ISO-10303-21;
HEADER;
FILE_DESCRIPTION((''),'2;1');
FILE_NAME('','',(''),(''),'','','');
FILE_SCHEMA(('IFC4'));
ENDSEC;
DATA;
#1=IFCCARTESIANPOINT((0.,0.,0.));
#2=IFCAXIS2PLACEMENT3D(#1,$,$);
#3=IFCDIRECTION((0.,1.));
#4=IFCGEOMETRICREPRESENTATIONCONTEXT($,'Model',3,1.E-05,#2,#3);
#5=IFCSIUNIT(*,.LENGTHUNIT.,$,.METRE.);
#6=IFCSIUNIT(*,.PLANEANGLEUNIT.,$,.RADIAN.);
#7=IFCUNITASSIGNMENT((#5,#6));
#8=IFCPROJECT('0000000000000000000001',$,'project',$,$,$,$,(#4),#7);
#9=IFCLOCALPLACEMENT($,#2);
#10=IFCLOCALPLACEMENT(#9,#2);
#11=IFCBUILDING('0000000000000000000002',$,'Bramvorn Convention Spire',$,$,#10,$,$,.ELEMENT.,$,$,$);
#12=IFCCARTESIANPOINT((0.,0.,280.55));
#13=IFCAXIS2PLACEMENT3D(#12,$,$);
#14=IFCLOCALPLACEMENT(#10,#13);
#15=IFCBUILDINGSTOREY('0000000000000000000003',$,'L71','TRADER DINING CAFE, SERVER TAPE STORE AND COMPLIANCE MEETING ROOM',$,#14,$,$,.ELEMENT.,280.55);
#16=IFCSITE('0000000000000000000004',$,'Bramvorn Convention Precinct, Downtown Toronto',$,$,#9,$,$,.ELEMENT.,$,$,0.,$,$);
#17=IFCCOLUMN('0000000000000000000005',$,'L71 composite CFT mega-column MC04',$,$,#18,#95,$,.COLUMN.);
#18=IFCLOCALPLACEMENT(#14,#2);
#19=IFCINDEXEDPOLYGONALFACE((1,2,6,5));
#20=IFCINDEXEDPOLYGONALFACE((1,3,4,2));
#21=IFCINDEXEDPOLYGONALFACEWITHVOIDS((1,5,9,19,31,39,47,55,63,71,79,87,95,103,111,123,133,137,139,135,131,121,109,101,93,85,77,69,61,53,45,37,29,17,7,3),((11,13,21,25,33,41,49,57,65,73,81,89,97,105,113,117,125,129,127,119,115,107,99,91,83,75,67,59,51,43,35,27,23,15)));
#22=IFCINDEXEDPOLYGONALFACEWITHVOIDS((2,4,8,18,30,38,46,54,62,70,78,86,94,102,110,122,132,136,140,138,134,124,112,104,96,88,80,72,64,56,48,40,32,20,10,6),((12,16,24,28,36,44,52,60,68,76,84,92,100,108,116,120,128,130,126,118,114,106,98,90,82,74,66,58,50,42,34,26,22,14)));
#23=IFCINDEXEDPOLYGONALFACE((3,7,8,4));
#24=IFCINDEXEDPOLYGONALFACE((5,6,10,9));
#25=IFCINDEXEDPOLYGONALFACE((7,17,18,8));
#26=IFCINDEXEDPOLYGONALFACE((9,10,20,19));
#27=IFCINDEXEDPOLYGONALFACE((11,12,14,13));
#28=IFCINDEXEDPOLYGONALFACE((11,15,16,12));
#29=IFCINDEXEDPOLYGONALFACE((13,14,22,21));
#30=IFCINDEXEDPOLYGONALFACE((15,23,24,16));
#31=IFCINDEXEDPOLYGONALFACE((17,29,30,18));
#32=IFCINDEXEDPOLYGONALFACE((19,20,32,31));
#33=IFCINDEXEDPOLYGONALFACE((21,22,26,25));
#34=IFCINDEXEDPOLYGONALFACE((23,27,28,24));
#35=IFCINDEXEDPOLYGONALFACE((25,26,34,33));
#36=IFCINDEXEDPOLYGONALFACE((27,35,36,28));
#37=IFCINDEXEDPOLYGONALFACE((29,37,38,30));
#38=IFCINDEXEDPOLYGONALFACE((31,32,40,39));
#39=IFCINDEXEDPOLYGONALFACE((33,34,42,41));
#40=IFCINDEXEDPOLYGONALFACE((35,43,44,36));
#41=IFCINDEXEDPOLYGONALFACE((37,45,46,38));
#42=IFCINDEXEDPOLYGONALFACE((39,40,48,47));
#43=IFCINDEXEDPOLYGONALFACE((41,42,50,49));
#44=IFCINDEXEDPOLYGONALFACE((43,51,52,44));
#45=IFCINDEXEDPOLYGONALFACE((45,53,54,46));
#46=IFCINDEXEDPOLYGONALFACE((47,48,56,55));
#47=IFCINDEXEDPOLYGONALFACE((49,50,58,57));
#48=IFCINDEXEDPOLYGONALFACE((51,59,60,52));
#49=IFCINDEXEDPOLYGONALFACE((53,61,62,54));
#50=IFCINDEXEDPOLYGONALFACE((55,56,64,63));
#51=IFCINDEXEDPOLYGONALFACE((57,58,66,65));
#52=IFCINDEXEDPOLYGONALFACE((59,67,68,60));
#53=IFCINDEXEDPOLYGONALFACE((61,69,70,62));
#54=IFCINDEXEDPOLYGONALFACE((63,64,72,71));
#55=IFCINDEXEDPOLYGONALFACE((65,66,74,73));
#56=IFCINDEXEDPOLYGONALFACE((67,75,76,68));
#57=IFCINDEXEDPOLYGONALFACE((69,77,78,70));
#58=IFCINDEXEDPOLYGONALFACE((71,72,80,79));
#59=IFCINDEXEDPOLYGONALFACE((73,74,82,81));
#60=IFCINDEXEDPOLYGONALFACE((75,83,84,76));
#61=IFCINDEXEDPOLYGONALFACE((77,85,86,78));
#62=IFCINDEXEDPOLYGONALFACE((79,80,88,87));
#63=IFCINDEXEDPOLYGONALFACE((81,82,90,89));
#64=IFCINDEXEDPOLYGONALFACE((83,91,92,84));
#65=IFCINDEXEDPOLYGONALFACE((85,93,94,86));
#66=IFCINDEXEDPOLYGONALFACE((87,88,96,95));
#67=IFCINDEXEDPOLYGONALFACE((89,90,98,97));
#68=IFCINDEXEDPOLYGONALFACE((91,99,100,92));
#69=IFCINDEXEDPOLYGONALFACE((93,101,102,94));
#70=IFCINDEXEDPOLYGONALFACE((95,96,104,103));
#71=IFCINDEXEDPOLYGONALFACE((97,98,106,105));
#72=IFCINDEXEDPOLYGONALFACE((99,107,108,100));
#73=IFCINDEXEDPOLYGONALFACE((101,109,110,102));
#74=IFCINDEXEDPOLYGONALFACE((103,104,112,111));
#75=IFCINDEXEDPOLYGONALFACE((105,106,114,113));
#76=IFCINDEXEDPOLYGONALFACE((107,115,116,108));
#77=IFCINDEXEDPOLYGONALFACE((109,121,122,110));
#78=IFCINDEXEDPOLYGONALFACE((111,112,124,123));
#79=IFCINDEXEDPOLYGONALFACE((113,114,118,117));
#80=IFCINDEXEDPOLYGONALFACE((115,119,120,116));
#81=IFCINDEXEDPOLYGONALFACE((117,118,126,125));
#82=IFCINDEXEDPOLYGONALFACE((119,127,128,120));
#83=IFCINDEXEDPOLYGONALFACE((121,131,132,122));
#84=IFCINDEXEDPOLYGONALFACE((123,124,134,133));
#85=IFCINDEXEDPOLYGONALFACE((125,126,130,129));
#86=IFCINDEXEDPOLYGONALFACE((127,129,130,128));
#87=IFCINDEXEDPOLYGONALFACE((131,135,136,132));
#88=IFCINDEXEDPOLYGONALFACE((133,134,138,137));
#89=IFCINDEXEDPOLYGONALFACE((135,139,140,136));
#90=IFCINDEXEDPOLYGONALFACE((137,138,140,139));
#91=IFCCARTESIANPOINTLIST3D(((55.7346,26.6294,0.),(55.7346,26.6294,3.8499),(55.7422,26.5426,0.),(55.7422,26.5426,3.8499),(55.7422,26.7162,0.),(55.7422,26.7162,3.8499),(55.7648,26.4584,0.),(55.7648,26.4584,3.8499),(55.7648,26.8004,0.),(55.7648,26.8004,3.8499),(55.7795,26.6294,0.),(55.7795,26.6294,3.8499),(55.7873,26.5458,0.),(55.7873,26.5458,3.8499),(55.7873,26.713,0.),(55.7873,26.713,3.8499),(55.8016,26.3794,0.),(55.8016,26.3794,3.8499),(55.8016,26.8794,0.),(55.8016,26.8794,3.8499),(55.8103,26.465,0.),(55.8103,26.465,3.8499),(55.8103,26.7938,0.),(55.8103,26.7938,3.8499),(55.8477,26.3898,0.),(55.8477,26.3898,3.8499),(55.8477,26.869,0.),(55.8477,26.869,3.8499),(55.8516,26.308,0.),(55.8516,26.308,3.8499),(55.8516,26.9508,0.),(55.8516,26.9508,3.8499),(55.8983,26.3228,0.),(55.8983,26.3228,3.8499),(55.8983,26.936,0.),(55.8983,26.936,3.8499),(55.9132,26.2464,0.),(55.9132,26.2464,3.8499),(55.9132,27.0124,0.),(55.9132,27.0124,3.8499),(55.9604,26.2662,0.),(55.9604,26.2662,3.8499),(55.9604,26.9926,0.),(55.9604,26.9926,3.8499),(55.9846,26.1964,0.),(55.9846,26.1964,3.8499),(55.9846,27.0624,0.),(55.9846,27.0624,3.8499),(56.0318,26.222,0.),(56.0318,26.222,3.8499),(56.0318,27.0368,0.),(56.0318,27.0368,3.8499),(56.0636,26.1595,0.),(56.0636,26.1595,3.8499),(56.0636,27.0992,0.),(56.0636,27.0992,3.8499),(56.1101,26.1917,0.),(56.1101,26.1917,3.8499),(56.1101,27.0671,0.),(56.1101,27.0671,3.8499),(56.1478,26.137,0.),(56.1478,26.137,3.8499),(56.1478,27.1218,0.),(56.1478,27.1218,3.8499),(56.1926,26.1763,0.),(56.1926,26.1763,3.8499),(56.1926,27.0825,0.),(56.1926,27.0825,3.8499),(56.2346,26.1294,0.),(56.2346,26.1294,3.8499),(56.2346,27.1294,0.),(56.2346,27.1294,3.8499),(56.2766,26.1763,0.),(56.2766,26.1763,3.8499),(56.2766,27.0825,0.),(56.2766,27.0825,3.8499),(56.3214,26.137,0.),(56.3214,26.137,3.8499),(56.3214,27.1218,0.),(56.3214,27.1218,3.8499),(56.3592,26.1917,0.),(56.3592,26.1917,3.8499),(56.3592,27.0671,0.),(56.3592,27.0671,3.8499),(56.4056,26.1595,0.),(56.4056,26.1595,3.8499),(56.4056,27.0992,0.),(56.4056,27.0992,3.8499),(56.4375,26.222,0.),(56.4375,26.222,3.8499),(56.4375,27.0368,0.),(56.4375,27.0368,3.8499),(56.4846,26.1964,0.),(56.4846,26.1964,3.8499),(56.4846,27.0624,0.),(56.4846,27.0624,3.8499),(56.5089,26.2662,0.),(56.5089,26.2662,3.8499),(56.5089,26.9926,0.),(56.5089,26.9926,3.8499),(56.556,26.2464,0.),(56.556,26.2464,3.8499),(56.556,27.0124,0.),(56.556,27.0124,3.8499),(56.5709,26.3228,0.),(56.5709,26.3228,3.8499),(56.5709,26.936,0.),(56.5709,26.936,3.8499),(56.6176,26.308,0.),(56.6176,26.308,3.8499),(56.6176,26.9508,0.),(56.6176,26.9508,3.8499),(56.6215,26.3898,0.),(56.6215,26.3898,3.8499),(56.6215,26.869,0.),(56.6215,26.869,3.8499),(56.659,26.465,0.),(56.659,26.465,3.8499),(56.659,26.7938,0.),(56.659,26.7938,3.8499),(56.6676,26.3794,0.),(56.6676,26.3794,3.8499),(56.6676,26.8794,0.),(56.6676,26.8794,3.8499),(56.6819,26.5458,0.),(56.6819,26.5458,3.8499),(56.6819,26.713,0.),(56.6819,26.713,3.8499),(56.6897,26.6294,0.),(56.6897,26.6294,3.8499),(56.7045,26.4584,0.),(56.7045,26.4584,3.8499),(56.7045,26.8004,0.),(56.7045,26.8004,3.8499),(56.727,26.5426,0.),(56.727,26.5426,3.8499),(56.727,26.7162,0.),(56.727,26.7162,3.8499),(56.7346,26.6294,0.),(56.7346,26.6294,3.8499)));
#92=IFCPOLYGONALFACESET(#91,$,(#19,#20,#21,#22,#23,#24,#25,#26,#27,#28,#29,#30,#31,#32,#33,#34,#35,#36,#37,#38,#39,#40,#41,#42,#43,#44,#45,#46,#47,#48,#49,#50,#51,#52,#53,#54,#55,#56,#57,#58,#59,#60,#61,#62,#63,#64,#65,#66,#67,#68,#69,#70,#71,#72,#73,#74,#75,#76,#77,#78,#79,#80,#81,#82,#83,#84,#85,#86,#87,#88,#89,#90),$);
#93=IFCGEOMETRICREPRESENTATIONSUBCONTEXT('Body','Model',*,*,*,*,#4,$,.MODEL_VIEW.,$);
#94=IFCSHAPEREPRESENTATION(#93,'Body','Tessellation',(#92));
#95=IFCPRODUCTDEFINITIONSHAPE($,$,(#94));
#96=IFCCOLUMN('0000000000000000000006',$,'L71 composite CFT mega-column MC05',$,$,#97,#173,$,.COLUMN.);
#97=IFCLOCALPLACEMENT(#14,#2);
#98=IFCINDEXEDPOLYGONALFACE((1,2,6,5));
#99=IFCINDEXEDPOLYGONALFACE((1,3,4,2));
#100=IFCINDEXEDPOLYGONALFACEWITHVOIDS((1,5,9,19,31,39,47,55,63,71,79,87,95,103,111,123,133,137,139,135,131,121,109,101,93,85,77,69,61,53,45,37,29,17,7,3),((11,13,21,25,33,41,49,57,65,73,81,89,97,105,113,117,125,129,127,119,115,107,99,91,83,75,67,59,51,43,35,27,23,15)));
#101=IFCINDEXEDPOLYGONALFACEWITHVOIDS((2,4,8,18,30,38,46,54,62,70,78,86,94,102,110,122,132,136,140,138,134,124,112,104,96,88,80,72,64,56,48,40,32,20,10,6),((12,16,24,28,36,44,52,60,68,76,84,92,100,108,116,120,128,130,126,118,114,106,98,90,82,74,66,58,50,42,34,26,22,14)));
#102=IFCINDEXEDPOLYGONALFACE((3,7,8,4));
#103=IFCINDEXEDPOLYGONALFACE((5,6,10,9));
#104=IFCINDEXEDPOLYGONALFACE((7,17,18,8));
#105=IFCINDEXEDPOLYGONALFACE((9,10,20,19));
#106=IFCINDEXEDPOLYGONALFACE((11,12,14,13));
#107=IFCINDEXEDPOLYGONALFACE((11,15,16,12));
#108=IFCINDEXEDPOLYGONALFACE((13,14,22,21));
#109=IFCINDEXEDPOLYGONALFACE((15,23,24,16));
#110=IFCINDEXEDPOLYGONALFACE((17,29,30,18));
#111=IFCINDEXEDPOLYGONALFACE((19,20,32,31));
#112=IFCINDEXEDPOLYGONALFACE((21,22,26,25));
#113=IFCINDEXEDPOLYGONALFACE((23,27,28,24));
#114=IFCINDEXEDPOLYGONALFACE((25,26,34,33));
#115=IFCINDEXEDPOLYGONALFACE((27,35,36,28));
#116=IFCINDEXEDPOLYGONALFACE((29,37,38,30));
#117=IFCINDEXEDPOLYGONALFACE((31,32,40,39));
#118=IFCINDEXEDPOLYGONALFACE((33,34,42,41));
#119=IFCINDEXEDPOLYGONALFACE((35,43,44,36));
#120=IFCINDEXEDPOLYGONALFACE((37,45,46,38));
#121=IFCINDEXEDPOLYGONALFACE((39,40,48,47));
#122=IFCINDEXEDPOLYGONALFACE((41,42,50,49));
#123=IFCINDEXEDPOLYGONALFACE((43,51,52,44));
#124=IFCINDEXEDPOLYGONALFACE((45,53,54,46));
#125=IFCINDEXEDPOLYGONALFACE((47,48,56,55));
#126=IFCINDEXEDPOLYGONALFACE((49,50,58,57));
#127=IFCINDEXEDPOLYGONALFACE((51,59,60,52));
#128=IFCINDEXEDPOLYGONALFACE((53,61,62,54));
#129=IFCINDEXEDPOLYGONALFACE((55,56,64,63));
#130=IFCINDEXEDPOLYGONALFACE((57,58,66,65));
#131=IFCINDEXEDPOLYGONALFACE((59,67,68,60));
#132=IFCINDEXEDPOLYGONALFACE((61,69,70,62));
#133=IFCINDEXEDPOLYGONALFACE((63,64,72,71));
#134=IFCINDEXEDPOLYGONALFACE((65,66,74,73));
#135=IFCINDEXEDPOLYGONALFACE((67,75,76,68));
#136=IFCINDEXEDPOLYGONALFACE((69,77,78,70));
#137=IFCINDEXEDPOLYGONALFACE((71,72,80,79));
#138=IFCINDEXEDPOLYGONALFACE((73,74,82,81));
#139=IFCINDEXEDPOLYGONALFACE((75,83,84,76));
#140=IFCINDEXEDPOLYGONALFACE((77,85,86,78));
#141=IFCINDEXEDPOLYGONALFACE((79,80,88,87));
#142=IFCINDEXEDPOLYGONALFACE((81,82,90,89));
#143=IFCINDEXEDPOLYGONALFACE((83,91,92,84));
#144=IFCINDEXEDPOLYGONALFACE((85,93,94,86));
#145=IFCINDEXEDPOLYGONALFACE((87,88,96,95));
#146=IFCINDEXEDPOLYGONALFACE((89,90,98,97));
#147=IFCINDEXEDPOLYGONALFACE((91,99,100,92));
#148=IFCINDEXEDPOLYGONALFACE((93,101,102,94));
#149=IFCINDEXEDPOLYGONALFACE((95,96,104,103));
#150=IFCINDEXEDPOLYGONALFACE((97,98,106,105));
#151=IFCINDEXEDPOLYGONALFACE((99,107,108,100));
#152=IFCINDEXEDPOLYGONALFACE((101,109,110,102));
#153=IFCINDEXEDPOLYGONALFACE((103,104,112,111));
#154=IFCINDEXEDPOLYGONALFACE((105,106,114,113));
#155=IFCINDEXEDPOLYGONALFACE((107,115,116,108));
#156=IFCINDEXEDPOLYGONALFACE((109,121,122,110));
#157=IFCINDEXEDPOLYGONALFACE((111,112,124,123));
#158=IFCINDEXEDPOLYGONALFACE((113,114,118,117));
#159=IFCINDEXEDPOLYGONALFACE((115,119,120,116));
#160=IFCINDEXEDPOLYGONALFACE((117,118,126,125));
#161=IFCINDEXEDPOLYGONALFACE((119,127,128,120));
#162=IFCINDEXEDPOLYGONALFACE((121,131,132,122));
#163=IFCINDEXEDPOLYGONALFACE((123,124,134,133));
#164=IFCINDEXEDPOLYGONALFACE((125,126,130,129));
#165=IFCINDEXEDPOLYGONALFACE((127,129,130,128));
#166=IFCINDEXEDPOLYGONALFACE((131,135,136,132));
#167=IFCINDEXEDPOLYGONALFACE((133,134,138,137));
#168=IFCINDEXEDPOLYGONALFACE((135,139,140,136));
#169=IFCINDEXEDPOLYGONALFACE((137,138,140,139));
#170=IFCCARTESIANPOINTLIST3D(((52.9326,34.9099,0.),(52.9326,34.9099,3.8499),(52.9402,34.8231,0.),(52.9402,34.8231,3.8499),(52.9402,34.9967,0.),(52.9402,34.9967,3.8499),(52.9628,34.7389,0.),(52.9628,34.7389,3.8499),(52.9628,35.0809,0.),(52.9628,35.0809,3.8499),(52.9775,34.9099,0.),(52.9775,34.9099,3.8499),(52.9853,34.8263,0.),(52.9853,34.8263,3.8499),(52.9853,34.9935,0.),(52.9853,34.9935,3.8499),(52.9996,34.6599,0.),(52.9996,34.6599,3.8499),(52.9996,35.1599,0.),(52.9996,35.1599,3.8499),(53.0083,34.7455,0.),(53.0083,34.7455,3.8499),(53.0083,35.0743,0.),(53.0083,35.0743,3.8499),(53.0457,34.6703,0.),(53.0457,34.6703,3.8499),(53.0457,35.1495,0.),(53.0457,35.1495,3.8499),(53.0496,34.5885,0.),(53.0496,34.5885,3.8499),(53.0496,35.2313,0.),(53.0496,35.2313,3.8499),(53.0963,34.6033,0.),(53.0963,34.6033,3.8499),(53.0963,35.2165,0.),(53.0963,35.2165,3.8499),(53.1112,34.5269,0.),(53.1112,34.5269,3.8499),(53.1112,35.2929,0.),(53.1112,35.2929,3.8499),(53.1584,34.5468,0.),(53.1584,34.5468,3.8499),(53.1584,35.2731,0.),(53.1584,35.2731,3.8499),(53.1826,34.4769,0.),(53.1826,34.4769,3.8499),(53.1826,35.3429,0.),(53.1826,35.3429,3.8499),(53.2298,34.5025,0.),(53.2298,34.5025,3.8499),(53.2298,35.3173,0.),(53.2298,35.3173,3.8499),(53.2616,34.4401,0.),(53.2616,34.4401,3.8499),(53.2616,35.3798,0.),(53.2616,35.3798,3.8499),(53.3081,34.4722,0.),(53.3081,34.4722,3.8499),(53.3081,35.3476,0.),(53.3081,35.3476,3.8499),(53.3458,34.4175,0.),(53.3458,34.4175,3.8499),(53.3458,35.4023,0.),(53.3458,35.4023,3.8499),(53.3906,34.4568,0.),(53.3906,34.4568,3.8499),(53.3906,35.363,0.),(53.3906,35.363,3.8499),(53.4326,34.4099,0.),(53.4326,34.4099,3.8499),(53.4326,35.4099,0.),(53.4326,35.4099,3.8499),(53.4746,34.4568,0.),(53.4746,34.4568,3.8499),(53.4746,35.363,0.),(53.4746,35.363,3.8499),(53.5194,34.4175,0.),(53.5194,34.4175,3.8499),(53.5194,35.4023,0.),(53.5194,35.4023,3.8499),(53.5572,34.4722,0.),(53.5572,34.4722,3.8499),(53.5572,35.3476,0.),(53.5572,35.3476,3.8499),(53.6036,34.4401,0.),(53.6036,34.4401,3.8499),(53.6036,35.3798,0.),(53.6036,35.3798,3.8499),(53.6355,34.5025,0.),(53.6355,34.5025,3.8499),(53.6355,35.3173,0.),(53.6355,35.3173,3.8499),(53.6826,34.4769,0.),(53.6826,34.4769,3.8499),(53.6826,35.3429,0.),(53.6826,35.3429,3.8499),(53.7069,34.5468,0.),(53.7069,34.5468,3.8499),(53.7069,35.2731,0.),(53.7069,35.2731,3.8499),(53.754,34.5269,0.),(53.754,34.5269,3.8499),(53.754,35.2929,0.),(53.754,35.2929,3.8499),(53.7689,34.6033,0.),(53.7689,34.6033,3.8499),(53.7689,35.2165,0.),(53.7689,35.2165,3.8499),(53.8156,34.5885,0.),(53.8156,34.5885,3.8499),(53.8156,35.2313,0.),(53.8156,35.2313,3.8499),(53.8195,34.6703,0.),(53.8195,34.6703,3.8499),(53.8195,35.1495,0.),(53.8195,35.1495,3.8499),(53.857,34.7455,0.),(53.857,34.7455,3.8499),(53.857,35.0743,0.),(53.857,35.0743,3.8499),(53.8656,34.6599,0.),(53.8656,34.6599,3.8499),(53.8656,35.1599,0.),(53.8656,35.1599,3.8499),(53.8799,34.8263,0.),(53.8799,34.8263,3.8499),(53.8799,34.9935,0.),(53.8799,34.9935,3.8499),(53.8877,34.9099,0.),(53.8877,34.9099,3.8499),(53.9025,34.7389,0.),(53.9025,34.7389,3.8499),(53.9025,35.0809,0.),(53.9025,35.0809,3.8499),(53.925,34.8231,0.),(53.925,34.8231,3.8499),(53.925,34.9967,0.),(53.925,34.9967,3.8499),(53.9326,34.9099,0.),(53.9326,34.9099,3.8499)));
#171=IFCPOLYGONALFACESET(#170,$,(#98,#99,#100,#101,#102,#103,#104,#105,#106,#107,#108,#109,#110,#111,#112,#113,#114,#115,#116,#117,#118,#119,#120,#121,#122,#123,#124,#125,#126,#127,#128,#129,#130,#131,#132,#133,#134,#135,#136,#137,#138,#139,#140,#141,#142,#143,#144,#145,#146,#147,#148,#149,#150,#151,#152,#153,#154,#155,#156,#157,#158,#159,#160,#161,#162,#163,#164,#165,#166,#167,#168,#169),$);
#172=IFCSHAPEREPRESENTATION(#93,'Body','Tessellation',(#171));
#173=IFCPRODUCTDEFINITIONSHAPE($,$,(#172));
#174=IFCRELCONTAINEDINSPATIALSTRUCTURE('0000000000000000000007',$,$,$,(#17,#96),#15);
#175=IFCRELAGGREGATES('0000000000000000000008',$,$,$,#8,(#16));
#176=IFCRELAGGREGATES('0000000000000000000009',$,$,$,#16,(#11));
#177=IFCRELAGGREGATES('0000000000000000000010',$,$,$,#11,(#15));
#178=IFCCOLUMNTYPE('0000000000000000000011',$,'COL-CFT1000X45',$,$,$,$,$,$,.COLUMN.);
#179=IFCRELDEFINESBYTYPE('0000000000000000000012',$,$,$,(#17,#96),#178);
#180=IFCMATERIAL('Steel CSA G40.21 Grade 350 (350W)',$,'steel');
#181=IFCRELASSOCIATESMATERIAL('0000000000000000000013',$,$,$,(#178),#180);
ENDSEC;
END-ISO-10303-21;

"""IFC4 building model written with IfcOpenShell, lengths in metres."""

from ifc_helpers import new_model, si_unit, direction, frame, origin, origin_2d, place, context, subcontext, project, spatial, hollow_circle, extrude, material, material_profile, profile_set, type_object, element, save


model = new_model("IFC4")

# Units and contexts
model_context = context("Model", 3, precision=1e-05, world=origin(), true_north=direction((0.0, 1.0)))
body_context = subcontext(model_context, "Body", "Model", "MODEL_VIEW")
ifc_project = project(units=[si_unit("LENGTHUNIT", "METRE"), si_unit("PLANEANGLEUNIT", "RADIAN")], contexts=[model_context])

# Site, building, storey
site_placement = place(None, origin())
site = spatial("IfcSite", under=ifc_project, at=site_placement, Name="Bramvorn Convention Precinct, Downtown Toronto", CompositionType="ELEMENT", RefElevation=0.0)
building_placement = place(site_placement, origin())
building = spatial("IfcBuilding", under=site, at=building_placement, Name="Bramvorn Convention Spire", CompositionType="ELEMENT")
storey_placement = place(building_placement, frame((0.0, 0.0, 280.55)))
storey = spatial("IfcBuildingStorey", under=building, at=storey_placement, Name="L71", Description="TRADER DINING CAFE, SERVER TAPE STORE AND COMPLIANCE MEETING ROOM", CompositionType="ELEMENT", Elevation=280.55)

# Columns
ifc_material_1 = material(Name="Steel CSA G40.21 Grade 350 (350W)", Category="steel")
ifc_material_profile_1 = material_profile(ifc_material_1, hollow_circle(Radius=0.5, WallThickness=0.0449, at=origin_2d()))
ifc_profile_set_1 = profile_set([ifc_material_profile_1], Name="Steel CSA G40.21 Grade 350 (350W) - CFT1000X45")
column_type = type_object("IfcColumnType", Name="COL-CFT1000X45", PredefinedType="COLUMN", material=ifc_profile_set_1)
for number, where, z_axis, x_axis, name in (
    (1, (56.2346, 26.6294, 0.0), (0.0, 0.0, 1.0), (1.0, 0.0, 0.0), "L71 composite CFT mega-column MC04"),
    (2, (53.4326, 34.9099, 0.0), (0.0, 0.0, 1.0), (1.0, 0.0, 0.0), "L71 composite CFT mega-column MC05"),
):
    element("IfcColumn", number, at=place(storey_placement, frame(where, z_axis=z_axis, x_axis=x_axis)), inside=storey, type_object=column_type, Name=name, PredefinedType="COLUMN", context=body_context, shape_type="SweptSolid", body=[
        extrude(hollow_circle(Radius=0.5, WallThickness=0.0449, at=origin_2d()), origin(), (0.0, 0.0, 1.0), 3.8499),
    ])

save(model, "model.ifc")
